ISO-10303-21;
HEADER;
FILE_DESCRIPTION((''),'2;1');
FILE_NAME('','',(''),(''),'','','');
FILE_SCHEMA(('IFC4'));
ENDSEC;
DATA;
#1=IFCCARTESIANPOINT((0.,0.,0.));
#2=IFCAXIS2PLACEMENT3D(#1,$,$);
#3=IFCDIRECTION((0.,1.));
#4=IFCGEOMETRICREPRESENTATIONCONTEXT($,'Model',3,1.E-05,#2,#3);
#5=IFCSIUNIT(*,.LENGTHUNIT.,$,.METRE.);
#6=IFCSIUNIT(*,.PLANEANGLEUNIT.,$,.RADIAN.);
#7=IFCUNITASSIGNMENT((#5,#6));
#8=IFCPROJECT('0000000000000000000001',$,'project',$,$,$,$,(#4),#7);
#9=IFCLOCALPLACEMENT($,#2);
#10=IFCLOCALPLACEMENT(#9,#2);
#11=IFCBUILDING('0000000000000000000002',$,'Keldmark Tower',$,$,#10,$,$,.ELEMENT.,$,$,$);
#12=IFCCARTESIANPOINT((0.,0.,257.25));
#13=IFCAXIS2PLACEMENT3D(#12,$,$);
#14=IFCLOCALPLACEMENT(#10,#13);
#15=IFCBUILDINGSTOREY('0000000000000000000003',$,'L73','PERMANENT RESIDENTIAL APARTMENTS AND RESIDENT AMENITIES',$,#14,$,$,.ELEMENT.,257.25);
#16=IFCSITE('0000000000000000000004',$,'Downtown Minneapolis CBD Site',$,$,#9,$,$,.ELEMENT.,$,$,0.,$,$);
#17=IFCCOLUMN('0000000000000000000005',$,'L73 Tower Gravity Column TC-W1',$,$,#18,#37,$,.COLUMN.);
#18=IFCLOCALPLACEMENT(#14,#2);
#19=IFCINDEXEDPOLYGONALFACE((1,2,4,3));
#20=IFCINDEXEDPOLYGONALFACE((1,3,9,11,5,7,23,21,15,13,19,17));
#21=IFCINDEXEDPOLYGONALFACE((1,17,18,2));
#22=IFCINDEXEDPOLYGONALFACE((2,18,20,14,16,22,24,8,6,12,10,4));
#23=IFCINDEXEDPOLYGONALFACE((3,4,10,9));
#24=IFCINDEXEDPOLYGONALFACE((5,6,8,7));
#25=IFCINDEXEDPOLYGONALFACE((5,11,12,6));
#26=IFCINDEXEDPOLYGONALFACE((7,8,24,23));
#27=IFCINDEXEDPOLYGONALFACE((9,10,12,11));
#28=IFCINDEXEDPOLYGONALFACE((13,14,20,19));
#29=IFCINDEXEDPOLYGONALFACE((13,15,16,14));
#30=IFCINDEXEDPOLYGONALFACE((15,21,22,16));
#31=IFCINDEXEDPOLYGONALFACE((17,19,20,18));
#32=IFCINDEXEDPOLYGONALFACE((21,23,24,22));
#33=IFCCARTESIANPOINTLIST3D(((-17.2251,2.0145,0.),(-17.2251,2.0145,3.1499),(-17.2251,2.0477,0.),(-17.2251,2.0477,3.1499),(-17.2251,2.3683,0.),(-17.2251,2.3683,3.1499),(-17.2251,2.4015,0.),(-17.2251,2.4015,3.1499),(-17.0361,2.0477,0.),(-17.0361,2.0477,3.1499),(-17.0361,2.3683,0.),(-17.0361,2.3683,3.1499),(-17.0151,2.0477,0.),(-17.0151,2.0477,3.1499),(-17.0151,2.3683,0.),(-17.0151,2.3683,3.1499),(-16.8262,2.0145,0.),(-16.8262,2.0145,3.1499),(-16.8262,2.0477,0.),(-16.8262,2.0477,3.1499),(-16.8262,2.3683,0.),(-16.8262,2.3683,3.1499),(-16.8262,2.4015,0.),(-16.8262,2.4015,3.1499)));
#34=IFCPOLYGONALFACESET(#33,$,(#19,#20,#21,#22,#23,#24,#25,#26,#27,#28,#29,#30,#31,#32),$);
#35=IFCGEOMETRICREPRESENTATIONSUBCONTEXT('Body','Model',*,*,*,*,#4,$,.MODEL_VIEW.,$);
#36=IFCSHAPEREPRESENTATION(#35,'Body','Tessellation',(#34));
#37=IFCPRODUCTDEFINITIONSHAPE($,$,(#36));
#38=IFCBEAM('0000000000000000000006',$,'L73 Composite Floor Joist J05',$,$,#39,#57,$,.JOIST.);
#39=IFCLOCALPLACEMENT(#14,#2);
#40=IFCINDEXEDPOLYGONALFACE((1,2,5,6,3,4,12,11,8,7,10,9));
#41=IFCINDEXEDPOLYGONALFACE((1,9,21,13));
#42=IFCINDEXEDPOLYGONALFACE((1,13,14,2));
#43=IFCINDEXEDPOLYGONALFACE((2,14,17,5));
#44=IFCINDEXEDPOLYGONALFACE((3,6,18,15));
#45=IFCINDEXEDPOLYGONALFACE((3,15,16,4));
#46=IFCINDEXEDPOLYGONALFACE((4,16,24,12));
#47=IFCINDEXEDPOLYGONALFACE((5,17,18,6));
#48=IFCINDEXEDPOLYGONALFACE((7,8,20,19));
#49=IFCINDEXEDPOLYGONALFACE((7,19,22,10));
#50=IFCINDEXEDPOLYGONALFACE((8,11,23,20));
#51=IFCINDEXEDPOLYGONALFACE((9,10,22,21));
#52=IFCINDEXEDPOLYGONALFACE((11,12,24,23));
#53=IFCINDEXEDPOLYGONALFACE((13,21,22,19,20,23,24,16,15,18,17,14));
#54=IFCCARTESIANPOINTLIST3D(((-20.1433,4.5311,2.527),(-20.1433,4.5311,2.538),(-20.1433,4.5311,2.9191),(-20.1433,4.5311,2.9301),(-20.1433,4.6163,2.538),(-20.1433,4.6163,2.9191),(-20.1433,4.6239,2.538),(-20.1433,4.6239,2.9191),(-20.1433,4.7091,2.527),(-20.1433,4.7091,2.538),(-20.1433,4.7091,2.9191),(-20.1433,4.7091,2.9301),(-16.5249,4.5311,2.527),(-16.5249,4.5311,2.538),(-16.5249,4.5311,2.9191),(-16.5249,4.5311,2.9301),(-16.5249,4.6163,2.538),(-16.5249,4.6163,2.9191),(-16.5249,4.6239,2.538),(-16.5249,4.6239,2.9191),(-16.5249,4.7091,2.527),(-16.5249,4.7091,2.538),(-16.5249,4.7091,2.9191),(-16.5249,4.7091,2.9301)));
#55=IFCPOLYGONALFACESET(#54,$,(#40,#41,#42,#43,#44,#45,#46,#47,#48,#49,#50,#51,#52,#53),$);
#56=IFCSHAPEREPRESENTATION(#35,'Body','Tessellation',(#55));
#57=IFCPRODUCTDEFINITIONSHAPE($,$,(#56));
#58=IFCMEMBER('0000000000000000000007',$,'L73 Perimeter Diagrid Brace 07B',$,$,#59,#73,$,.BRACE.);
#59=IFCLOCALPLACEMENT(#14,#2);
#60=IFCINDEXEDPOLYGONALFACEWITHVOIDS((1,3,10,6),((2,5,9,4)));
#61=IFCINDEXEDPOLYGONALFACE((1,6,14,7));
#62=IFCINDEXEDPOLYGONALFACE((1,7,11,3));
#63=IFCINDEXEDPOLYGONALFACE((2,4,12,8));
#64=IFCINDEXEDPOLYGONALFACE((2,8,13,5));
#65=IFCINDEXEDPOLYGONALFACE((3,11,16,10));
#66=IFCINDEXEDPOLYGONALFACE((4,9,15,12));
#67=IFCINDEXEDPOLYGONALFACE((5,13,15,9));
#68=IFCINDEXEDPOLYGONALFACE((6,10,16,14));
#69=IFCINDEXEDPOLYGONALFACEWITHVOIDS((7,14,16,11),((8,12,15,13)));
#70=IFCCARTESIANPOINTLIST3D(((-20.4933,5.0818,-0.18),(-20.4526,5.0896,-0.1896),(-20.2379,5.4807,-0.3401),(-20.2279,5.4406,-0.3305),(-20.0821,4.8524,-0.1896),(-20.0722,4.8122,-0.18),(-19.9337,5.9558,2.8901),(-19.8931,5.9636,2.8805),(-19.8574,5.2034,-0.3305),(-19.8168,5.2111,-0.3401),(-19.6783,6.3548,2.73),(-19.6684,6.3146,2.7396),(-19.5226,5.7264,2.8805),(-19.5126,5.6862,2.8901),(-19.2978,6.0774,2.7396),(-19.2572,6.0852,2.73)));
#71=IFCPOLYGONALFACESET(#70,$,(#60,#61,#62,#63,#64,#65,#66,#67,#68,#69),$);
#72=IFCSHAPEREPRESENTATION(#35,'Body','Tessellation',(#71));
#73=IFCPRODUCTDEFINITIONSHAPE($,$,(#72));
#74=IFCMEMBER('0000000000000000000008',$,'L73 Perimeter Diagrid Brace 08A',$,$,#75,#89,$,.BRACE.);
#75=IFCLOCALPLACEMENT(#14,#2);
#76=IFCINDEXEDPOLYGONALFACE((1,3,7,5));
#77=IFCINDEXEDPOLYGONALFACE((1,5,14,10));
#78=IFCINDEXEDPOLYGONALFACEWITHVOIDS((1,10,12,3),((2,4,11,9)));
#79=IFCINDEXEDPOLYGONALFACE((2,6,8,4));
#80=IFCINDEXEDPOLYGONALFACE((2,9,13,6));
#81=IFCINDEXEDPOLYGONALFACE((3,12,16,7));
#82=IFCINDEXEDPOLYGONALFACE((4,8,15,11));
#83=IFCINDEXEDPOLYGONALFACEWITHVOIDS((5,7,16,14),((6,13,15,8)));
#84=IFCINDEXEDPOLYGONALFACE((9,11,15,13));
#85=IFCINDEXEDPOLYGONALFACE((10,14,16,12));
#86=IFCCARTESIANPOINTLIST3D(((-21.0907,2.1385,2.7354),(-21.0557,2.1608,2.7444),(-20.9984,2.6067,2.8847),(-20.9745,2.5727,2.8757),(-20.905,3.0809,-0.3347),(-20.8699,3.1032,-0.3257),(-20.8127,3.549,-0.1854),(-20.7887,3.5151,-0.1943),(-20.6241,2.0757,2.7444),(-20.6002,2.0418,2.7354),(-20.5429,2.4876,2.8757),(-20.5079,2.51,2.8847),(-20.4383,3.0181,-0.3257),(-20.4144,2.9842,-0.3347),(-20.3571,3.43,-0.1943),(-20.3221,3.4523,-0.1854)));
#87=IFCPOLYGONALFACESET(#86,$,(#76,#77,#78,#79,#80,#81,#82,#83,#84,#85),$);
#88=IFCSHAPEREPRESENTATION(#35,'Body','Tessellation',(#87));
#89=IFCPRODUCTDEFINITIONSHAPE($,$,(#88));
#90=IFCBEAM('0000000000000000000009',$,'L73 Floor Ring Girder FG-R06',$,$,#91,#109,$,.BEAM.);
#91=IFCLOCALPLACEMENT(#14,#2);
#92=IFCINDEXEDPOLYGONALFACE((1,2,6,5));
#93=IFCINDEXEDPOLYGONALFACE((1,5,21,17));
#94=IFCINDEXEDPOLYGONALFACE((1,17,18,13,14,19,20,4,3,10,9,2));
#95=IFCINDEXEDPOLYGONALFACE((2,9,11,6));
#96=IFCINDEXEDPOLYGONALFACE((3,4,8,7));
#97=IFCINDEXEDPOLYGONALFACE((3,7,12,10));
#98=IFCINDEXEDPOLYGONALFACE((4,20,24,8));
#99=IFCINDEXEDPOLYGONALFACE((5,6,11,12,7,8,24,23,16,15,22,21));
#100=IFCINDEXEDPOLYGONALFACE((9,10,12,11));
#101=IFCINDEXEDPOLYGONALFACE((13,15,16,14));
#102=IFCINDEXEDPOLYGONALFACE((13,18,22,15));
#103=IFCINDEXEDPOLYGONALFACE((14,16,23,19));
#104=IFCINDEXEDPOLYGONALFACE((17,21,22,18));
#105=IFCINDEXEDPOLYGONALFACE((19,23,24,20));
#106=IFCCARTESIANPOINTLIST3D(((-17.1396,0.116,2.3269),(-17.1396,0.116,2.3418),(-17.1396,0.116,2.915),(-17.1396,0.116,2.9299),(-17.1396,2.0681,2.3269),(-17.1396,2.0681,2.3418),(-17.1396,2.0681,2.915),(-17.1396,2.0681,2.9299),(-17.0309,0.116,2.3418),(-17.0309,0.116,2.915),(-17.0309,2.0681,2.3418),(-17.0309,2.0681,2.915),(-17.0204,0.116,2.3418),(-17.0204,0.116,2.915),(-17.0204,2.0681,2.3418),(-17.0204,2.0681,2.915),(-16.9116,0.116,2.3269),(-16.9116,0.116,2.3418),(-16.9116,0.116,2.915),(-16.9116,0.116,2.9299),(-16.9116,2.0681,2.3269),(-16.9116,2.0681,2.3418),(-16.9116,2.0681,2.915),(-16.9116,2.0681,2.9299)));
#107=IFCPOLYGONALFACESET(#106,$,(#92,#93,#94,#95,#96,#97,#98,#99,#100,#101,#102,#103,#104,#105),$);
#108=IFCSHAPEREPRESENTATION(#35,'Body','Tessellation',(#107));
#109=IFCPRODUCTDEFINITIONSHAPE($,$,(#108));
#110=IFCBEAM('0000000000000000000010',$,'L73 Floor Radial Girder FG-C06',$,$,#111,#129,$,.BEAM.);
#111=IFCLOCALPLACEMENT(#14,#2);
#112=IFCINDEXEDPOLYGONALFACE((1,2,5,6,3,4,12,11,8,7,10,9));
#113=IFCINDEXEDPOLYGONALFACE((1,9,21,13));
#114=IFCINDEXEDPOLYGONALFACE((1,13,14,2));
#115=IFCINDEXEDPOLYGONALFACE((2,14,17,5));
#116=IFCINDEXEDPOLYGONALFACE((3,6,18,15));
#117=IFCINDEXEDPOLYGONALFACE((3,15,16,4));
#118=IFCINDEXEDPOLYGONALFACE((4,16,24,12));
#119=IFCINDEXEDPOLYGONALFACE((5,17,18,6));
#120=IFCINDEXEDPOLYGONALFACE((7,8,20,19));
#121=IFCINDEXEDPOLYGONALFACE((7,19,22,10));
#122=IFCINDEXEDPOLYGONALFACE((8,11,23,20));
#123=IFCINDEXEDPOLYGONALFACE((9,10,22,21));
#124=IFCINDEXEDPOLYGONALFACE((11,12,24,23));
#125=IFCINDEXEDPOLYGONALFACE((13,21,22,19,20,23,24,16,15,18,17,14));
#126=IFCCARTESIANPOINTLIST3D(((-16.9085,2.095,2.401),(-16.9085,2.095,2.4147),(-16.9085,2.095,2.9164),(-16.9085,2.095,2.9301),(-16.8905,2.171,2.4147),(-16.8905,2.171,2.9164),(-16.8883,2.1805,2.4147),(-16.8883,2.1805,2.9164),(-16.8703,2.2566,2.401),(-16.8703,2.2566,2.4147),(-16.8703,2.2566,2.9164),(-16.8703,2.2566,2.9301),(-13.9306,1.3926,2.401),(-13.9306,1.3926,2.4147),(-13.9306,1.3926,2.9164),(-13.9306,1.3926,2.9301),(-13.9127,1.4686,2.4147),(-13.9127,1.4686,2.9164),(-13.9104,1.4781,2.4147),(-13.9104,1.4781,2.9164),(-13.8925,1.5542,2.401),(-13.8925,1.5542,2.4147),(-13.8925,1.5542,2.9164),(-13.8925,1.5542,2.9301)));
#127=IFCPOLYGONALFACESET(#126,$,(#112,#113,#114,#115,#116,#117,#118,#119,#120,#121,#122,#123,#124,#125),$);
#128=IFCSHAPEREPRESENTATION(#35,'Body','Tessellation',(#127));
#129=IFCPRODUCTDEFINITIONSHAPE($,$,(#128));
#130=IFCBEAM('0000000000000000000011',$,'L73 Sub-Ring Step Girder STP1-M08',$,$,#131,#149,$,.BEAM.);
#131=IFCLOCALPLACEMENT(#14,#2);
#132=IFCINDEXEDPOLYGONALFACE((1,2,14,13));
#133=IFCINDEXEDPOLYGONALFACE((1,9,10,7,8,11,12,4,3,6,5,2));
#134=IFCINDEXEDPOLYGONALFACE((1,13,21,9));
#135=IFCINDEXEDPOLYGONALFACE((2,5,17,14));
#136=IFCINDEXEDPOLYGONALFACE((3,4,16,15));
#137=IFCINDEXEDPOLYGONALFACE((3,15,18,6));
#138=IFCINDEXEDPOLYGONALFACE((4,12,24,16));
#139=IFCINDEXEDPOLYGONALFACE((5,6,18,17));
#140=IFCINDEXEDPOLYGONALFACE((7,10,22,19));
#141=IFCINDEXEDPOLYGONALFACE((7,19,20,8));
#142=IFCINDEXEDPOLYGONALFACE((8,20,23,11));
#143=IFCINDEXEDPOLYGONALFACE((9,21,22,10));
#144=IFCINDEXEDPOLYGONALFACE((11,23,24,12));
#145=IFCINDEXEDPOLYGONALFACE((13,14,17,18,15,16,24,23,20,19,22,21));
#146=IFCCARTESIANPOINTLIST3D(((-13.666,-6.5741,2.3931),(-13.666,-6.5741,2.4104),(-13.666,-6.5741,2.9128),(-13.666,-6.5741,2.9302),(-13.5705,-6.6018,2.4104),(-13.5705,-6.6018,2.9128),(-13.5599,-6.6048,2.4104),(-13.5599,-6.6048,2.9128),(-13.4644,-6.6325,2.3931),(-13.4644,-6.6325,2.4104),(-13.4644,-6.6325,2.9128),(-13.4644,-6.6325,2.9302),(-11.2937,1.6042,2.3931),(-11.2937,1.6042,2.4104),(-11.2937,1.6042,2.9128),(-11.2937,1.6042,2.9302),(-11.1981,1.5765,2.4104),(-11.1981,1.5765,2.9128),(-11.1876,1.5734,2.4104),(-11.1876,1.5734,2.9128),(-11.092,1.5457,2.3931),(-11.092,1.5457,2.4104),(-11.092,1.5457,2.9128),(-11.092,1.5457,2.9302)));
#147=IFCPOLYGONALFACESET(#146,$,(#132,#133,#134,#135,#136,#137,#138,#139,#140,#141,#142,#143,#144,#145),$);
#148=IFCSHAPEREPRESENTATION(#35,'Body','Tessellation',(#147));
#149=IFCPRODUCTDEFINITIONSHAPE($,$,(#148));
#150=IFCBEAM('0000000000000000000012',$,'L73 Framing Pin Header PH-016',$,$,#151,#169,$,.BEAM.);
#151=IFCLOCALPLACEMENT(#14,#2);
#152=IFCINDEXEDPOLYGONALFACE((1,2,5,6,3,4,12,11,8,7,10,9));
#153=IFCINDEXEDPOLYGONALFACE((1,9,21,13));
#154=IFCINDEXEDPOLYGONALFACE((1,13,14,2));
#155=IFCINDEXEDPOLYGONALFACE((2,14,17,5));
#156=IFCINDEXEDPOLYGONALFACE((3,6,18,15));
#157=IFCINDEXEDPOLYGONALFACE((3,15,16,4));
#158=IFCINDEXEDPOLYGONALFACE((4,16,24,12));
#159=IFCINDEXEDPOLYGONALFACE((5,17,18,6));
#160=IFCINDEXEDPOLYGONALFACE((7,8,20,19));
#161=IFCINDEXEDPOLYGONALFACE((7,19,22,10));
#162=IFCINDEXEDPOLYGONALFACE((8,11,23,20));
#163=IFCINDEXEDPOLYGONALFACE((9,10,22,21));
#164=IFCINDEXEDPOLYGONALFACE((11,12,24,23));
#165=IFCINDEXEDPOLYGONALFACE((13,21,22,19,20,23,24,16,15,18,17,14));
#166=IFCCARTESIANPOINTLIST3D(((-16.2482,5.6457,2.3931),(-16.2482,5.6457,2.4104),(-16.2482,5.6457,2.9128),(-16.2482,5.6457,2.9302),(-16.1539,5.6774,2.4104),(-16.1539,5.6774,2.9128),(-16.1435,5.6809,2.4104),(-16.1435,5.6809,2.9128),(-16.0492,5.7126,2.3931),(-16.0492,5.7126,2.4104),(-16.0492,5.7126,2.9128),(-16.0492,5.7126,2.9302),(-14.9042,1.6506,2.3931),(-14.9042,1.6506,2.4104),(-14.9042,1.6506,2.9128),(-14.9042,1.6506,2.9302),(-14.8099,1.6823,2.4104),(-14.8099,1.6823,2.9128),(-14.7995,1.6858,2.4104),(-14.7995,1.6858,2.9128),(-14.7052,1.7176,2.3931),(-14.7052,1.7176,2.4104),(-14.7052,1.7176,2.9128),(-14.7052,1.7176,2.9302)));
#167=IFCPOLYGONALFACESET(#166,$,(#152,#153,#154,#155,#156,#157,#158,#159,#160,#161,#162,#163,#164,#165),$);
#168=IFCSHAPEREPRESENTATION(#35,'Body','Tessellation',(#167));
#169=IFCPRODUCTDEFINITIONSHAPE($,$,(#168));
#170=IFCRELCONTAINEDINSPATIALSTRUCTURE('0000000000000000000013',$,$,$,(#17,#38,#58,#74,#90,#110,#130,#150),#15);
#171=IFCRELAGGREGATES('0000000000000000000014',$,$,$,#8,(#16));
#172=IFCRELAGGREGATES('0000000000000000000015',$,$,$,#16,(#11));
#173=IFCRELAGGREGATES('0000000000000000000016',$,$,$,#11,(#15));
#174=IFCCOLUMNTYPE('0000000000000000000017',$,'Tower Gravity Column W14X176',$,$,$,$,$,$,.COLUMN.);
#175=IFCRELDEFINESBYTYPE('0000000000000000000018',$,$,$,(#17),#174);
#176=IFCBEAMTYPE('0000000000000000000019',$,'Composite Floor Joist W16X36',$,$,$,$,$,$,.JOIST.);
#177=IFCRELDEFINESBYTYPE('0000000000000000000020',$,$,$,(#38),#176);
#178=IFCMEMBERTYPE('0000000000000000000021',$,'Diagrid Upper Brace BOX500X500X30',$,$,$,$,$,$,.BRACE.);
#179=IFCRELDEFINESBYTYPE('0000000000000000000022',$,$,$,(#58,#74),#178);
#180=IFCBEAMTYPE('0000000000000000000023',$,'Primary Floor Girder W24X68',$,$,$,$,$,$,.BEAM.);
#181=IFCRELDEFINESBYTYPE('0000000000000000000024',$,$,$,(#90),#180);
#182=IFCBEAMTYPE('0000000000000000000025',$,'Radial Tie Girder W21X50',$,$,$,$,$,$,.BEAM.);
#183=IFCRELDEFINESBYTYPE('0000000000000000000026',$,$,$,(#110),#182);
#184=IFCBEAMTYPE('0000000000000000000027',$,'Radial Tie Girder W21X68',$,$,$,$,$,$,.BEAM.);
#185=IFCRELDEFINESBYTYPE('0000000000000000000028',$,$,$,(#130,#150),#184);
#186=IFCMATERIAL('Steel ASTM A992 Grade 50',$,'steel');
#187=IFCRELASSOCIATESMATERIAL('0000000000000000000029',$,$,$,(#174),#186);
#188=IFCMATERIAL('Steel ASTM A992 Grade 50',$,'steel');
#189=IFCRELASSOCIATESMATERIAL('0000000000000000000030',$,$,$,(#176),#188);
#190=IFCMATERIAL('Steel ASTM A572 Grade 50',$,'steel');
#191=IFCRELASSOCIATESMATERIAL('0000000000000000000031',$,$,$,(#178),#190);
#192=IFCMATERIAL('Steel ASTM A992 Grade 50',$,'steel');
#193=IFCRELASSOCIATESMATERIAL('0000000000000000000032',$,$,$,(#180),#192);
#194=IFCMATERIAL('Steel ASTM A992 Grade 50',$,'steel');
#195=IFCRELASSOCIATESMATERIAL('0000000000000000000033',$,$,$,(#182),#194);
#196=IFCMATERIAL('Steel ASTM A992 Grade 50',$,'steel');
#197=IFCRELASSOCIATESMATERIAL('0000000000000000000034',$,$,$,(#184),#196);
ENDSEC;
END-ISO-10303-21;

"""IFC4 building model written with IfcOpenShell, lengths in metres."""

from ifc_helpers import new_model, si_unit, direction, frame, origin, origin_2d, place, context, subcontext, project, spatial, hollow_rectangle, i_section, extrude, material, material_profile, profile_set, type_object, element, save


model = new_model("IFC4")

# Units and contexts
model_context = context("Model", 3, precision=1e-05, world=origin(), true_north=direction((0.0, 1.0)))
body_context = subcontext(model_context, "Body", "Model", "MODEL_VIEW")
ifc_project = project(units=[si_unit("LENGTHUNIT", "METRE"), si_unit("PLANEANGLEUNIT", "RADIAN")], contexts=[model_context])

# Site, building, storey
site_placement = place(None, origin())
site = spatial("IfcSite", under=ifc_project, at=site_placement, Name="Downtown Minneapolis CBD Site", CompositionType="ELEMENT", RefElevation=0.0)
building_placement = place(site_placement, origin())
building = spatial("IfcBuilding", under=site, at=building_placement, Name="Keldmark Tower", CompositionType="ELEMENT")
storey_placement = place(building_placement, frame((0.0, 0.0, 257.25)))
storey = spatial("IfcBuildingStorey", under=building, at=storey_placement, Name="L73", Description="PERMANENT RESIDENTIAL APARTMENTS AND RESIDENT AMENITIES", CompositionType="ELEMENT", Elevation=257.25)

# Column
ifc_material_1 = material(Name="Steel ASTM A992 Grade 50", Category="steel")
ifc_material_profile_1 = material_profile(ifc_material_1, i_section(OverallWidth=0.3989, OverallDepth=0.387, WebThickness=0.021, FlangeThickness=0.0332, at=origin_2d()), Name="W14X176")
ifc_profile_set_1 = profile_set([ifc_material_profile_1], Name="Steel ASTM A992 Grade 50")
column_type = type_object("IfcColumnType", Name="Tower Gravity Column W14X176", PredefinedType="COLUMN", material=ifc_profile_set_1)
column_placement = place(storey_placement, frame((-17.0256, 2.208, 0.0), z_axis=(0.0, 0.0, 1.0), x_axis=(1.0, 0.0, 0.0)))
element("IfcColumn", 1, at=column_placement, inside=storey, type_object=column_type, Name="L73 Tower Gravity Column TC-W1", PredefinedType="COLUMN", context=body_context, shape_type="SweptSolid", body=[
    extrude(i_section(OverallWidth=0.3989, OverallDepth=0.387, WebThickness=0.021, FlangeThickness=0.0332, at=origin_2d()), origin(), (0.0, 0.0, 1.0), 3.1499),
])

# Beam
ifc_material_2 = material(Name="Steel ASTM A992 Grade 50", Category="steel")
ifc_material_profile_2 = material_profile(ifc_material_2, i_section(OverallWidth=0.178, OverallDepth=0.4031, WebThickness=0.0076, FlangeThickness=0.011, at=origin_2d()), Name="W16X36")
ifc_profile_set_2 = profile_set([ifc_material_profile_2], Name="Steel ASTM A992 Grade 50")
beam_type_1 = type_object("IfcBeamType", Name="Composite Floor Joist W16X36", PredefinedType="JOIST", material=ifc_profile_set_2)
beam_1_placement = place(storey_placement, frame((-20.1433, 4.6201, 2.7285), z_axis=(1.0, 0.0, 0.0), x_axis=(0.0, 1.0, 0.0)))
element("IfcBeam", 2, at=beam_1_placement, inside=storey, type_object=beam_type_1, Name="L73 Composite Floor Joist J05", PredefinedType="JOIST", context=body_context, shape_type="SweptSolid", body=[
    extrude(i_section(OverallWidth=0.178, OverallDepth=0.4031, WebThickness=0.0076, FlangeThickness=0.011, at=origin_2d()), origin(), (0.0, 0.0, 1.0), 3.6184),
])

# Members
ifc_material_3 = material(Name="Steel ASTM A572 Grade 50", Category="steel")
ifc_material_profile_3 = material_profile(ifc_material_3, hollow_rectangle(XDim=0.5, YDim=0.5, WallThickness=0.03, at=origin_2d()), Name="BOX500X500X30")
ifc_profile_set_3 = profile_set([ifc_material_profile_3], Name="Steel ASTM A572 Grade 50")
member_type = type_object("IfcMemberType", Name="Diagrid Upper Brace BOX500X500X30", PredefinedType="BRACE", material=ifc_profile_set_3)
member_1_placement = place(storey_placement, frame((-20.155, 5.1465, -0.26), z_axis=(0.172668, 0.269699, 0.947337), x_axis=(-0.842186, 0.539187, 0.0)))
element("IfcMember", 3, at=member_1_placement, inside=storey, type_object=member_type, Name="L73 Perimeter Diagrid Brace 07B", PredefinedType="BRACE", context=body_context, shape_type="SweptSolid", body=[
    extrude(hollow_rectangle(XDim=0.5, YDim=0.5, WallThickness=0.03, at=origin_2d()), origin(), (0.0, 0.0, 1.0), 3.2407),
])
member_2_placement = place(storey_placement, frame((-20.6135, 3.2666, -0.26), z_axis=(-0.057756, -0.292955, 0.95438), x_axis=(0.981115, -0.193427, 0.0)))
element("IfcMember", 4, at=member_2_placement, inside=storey, type_object=member_type, Name="L73 Perimeter Diagrid Brace 08A", PredefinedType="BRACE", context=body_context, shape_type="SweptSolid", body=[
    extrude(hollow_rectangle(XDim=0.5, YDim=0.5, WallThickness=0.03, at=origin_2d()), origin(), (0.0, 0.0, 1.0), 3.2168),
])

# Beams
ifc_material_4 = material(Name="Steel ASTM A992 Grade 50", Category="steel")
ifc_material_profile_4 = material_profile(ifc_material_4, i_section(OverallWidth=0.228, OverallDepth=0.603, WebThickness=0.0105, FlangeThickness=0.0149, at=origin_2d()), Name="W24X68")
ifc_profile_set_4 = profile_set([ifc_material_profile_4], Name="Steel ASTM A992 Grade 50")
beam_type_2 = type_object("IfcBeamType", Name="Primary Floor Girder W24X68", PredefinedType="BEAM", material=ifc_profile_set_4)
beam_2_placement = place(storey_placement, frame((-17.0256, 2.0681, 2.6284), z_axis=(0.0, -1.0, 0.0), x_axis=(1.0, 0.0, 0.0)))
element("IfcBeam", 5, at=beam_2_placement, inside=storey, type_object=beam_type_2, Name="L73 Floor Ring Girder FG-R06", PredefinedType="BEAM", context=body_context, shape_type="SweptSolid", body=[
    extrude(i_section(OverallWidth=0.228, OverallDepth=0.603, WebThickness=0.0105, FlangeThickness=0.0149, at=origin_2d()), origin(), (0.0, 0.0, 1.0), 1.9521),
])
ifc_material_5 = material(Name="Steel ASTM A992 Grade 50", Category="steel")
ifc_material_profile_5 = material_profile(ifc_material_5, i_section(OverallWidth=0.166, OverallDepth=0.5291, WebThickness=0.0098, FlangeThickness=0.0137, at=origin_2d()), Name="W21X50")
ifc_profile_set_5 = profile_set([ifc_material_profile_5], Name="Steel ASTM A992 Grade 50")
beam_type_3 = type_object("IfcBeamType", Name="Radial Tie Girder W21X50", PredefinedType="BEAM", material=ifc_profile_set_5)
beam_3_placement = place(storey_placement, frame((-16.8894, 2.1758, 2.6655), z_axis=(0.97329, -0.229577, 0.0), x_axis=(0.229577, 0.97329, 0.0)))
element("IfcBeam", 6, at=beam_3_placement, inside=storey, type_object=beam_type_3, Name="L73 Floor Radial Girder FG-C06", PredefinedType="BEAM", context=body_context, shape_type="SweptSolid", body=[
    extrude(i_section(OverallWidth=0.166, OverallDepth=0.5291, WebThickness=0.0098, FlangeThickness=0.0137, at=origin_2d()), origin(), (0.0, 0.0, 1.0), 3.0596),
])
ifc_material_6 = material(Name="Steel ASTM A992 Grade 50", Category="steel")
ifc_material_profile_6 = material_profile(ifc_material_6, i_section(OverallWidth=0.21, OverallDepth=0.5371, WebThickness=0.011, FlangeThickness=0.0173, at=origin_2d()), Name="W21X68")
ifc_profile_set_6 = profile_set([ifc_material_profile_6], Name="Steel ASTM A992 Grade 50")
beam_type_4 = type_object("IfcBeamType", Name="Radial Tie Girder W21X68", PredefinedType="BEAM", material=ifc_profile_set_6)
beam_4_placement = place(storey_placement, frame((-11.1929, 1.575, 2.6616), z_axis=(-0.278593, -0.960409, 0.0), x_axis=(0.960409, -0.278593, 0.0)))
element("IfcBeam", 7, at=beam_4_placement, inside=storey, type_object=beam_type_4, Name="L73 Sub-Ring Step Girder STP1-M08", PredefinedType="BEAM", context=body_context, shape_type="SweptSolid", body=[
    extrude(i_section(OverallWidth=0.21, OverallDepth=0.5371, WebThickness=0.011, FlangeThickness=0.0173, at=origin_2d()), origin(), (0.0, 0.0, 1.0), 8.5154),
])
beam_5_placement = place(storey_placement, frame((-14.8047, 1.6841, 2.6616), z_axis=(-0.31885, 0.947805, 0.0), x_axis=(-0.947805, -0.31885, 0.0)))
element("IfcBeam", 8, at=beam_5_placement, inside=storey, type_object=beam_type_4, Name="L73 Framing Pin Header PH-016", PredefinedType="BEAM", context=body_context, shape_type="SweptSolid", body=[
    extrude(i_section(OverallWidth=0.21, OverallDepth=0.5371, WebThickness=0.011, FlangeThickness=0.0173, at=origin_2d()), origin(), (0.0, 0.0, 1.0), 4.2151),
])

save(model, "model.ifc")
